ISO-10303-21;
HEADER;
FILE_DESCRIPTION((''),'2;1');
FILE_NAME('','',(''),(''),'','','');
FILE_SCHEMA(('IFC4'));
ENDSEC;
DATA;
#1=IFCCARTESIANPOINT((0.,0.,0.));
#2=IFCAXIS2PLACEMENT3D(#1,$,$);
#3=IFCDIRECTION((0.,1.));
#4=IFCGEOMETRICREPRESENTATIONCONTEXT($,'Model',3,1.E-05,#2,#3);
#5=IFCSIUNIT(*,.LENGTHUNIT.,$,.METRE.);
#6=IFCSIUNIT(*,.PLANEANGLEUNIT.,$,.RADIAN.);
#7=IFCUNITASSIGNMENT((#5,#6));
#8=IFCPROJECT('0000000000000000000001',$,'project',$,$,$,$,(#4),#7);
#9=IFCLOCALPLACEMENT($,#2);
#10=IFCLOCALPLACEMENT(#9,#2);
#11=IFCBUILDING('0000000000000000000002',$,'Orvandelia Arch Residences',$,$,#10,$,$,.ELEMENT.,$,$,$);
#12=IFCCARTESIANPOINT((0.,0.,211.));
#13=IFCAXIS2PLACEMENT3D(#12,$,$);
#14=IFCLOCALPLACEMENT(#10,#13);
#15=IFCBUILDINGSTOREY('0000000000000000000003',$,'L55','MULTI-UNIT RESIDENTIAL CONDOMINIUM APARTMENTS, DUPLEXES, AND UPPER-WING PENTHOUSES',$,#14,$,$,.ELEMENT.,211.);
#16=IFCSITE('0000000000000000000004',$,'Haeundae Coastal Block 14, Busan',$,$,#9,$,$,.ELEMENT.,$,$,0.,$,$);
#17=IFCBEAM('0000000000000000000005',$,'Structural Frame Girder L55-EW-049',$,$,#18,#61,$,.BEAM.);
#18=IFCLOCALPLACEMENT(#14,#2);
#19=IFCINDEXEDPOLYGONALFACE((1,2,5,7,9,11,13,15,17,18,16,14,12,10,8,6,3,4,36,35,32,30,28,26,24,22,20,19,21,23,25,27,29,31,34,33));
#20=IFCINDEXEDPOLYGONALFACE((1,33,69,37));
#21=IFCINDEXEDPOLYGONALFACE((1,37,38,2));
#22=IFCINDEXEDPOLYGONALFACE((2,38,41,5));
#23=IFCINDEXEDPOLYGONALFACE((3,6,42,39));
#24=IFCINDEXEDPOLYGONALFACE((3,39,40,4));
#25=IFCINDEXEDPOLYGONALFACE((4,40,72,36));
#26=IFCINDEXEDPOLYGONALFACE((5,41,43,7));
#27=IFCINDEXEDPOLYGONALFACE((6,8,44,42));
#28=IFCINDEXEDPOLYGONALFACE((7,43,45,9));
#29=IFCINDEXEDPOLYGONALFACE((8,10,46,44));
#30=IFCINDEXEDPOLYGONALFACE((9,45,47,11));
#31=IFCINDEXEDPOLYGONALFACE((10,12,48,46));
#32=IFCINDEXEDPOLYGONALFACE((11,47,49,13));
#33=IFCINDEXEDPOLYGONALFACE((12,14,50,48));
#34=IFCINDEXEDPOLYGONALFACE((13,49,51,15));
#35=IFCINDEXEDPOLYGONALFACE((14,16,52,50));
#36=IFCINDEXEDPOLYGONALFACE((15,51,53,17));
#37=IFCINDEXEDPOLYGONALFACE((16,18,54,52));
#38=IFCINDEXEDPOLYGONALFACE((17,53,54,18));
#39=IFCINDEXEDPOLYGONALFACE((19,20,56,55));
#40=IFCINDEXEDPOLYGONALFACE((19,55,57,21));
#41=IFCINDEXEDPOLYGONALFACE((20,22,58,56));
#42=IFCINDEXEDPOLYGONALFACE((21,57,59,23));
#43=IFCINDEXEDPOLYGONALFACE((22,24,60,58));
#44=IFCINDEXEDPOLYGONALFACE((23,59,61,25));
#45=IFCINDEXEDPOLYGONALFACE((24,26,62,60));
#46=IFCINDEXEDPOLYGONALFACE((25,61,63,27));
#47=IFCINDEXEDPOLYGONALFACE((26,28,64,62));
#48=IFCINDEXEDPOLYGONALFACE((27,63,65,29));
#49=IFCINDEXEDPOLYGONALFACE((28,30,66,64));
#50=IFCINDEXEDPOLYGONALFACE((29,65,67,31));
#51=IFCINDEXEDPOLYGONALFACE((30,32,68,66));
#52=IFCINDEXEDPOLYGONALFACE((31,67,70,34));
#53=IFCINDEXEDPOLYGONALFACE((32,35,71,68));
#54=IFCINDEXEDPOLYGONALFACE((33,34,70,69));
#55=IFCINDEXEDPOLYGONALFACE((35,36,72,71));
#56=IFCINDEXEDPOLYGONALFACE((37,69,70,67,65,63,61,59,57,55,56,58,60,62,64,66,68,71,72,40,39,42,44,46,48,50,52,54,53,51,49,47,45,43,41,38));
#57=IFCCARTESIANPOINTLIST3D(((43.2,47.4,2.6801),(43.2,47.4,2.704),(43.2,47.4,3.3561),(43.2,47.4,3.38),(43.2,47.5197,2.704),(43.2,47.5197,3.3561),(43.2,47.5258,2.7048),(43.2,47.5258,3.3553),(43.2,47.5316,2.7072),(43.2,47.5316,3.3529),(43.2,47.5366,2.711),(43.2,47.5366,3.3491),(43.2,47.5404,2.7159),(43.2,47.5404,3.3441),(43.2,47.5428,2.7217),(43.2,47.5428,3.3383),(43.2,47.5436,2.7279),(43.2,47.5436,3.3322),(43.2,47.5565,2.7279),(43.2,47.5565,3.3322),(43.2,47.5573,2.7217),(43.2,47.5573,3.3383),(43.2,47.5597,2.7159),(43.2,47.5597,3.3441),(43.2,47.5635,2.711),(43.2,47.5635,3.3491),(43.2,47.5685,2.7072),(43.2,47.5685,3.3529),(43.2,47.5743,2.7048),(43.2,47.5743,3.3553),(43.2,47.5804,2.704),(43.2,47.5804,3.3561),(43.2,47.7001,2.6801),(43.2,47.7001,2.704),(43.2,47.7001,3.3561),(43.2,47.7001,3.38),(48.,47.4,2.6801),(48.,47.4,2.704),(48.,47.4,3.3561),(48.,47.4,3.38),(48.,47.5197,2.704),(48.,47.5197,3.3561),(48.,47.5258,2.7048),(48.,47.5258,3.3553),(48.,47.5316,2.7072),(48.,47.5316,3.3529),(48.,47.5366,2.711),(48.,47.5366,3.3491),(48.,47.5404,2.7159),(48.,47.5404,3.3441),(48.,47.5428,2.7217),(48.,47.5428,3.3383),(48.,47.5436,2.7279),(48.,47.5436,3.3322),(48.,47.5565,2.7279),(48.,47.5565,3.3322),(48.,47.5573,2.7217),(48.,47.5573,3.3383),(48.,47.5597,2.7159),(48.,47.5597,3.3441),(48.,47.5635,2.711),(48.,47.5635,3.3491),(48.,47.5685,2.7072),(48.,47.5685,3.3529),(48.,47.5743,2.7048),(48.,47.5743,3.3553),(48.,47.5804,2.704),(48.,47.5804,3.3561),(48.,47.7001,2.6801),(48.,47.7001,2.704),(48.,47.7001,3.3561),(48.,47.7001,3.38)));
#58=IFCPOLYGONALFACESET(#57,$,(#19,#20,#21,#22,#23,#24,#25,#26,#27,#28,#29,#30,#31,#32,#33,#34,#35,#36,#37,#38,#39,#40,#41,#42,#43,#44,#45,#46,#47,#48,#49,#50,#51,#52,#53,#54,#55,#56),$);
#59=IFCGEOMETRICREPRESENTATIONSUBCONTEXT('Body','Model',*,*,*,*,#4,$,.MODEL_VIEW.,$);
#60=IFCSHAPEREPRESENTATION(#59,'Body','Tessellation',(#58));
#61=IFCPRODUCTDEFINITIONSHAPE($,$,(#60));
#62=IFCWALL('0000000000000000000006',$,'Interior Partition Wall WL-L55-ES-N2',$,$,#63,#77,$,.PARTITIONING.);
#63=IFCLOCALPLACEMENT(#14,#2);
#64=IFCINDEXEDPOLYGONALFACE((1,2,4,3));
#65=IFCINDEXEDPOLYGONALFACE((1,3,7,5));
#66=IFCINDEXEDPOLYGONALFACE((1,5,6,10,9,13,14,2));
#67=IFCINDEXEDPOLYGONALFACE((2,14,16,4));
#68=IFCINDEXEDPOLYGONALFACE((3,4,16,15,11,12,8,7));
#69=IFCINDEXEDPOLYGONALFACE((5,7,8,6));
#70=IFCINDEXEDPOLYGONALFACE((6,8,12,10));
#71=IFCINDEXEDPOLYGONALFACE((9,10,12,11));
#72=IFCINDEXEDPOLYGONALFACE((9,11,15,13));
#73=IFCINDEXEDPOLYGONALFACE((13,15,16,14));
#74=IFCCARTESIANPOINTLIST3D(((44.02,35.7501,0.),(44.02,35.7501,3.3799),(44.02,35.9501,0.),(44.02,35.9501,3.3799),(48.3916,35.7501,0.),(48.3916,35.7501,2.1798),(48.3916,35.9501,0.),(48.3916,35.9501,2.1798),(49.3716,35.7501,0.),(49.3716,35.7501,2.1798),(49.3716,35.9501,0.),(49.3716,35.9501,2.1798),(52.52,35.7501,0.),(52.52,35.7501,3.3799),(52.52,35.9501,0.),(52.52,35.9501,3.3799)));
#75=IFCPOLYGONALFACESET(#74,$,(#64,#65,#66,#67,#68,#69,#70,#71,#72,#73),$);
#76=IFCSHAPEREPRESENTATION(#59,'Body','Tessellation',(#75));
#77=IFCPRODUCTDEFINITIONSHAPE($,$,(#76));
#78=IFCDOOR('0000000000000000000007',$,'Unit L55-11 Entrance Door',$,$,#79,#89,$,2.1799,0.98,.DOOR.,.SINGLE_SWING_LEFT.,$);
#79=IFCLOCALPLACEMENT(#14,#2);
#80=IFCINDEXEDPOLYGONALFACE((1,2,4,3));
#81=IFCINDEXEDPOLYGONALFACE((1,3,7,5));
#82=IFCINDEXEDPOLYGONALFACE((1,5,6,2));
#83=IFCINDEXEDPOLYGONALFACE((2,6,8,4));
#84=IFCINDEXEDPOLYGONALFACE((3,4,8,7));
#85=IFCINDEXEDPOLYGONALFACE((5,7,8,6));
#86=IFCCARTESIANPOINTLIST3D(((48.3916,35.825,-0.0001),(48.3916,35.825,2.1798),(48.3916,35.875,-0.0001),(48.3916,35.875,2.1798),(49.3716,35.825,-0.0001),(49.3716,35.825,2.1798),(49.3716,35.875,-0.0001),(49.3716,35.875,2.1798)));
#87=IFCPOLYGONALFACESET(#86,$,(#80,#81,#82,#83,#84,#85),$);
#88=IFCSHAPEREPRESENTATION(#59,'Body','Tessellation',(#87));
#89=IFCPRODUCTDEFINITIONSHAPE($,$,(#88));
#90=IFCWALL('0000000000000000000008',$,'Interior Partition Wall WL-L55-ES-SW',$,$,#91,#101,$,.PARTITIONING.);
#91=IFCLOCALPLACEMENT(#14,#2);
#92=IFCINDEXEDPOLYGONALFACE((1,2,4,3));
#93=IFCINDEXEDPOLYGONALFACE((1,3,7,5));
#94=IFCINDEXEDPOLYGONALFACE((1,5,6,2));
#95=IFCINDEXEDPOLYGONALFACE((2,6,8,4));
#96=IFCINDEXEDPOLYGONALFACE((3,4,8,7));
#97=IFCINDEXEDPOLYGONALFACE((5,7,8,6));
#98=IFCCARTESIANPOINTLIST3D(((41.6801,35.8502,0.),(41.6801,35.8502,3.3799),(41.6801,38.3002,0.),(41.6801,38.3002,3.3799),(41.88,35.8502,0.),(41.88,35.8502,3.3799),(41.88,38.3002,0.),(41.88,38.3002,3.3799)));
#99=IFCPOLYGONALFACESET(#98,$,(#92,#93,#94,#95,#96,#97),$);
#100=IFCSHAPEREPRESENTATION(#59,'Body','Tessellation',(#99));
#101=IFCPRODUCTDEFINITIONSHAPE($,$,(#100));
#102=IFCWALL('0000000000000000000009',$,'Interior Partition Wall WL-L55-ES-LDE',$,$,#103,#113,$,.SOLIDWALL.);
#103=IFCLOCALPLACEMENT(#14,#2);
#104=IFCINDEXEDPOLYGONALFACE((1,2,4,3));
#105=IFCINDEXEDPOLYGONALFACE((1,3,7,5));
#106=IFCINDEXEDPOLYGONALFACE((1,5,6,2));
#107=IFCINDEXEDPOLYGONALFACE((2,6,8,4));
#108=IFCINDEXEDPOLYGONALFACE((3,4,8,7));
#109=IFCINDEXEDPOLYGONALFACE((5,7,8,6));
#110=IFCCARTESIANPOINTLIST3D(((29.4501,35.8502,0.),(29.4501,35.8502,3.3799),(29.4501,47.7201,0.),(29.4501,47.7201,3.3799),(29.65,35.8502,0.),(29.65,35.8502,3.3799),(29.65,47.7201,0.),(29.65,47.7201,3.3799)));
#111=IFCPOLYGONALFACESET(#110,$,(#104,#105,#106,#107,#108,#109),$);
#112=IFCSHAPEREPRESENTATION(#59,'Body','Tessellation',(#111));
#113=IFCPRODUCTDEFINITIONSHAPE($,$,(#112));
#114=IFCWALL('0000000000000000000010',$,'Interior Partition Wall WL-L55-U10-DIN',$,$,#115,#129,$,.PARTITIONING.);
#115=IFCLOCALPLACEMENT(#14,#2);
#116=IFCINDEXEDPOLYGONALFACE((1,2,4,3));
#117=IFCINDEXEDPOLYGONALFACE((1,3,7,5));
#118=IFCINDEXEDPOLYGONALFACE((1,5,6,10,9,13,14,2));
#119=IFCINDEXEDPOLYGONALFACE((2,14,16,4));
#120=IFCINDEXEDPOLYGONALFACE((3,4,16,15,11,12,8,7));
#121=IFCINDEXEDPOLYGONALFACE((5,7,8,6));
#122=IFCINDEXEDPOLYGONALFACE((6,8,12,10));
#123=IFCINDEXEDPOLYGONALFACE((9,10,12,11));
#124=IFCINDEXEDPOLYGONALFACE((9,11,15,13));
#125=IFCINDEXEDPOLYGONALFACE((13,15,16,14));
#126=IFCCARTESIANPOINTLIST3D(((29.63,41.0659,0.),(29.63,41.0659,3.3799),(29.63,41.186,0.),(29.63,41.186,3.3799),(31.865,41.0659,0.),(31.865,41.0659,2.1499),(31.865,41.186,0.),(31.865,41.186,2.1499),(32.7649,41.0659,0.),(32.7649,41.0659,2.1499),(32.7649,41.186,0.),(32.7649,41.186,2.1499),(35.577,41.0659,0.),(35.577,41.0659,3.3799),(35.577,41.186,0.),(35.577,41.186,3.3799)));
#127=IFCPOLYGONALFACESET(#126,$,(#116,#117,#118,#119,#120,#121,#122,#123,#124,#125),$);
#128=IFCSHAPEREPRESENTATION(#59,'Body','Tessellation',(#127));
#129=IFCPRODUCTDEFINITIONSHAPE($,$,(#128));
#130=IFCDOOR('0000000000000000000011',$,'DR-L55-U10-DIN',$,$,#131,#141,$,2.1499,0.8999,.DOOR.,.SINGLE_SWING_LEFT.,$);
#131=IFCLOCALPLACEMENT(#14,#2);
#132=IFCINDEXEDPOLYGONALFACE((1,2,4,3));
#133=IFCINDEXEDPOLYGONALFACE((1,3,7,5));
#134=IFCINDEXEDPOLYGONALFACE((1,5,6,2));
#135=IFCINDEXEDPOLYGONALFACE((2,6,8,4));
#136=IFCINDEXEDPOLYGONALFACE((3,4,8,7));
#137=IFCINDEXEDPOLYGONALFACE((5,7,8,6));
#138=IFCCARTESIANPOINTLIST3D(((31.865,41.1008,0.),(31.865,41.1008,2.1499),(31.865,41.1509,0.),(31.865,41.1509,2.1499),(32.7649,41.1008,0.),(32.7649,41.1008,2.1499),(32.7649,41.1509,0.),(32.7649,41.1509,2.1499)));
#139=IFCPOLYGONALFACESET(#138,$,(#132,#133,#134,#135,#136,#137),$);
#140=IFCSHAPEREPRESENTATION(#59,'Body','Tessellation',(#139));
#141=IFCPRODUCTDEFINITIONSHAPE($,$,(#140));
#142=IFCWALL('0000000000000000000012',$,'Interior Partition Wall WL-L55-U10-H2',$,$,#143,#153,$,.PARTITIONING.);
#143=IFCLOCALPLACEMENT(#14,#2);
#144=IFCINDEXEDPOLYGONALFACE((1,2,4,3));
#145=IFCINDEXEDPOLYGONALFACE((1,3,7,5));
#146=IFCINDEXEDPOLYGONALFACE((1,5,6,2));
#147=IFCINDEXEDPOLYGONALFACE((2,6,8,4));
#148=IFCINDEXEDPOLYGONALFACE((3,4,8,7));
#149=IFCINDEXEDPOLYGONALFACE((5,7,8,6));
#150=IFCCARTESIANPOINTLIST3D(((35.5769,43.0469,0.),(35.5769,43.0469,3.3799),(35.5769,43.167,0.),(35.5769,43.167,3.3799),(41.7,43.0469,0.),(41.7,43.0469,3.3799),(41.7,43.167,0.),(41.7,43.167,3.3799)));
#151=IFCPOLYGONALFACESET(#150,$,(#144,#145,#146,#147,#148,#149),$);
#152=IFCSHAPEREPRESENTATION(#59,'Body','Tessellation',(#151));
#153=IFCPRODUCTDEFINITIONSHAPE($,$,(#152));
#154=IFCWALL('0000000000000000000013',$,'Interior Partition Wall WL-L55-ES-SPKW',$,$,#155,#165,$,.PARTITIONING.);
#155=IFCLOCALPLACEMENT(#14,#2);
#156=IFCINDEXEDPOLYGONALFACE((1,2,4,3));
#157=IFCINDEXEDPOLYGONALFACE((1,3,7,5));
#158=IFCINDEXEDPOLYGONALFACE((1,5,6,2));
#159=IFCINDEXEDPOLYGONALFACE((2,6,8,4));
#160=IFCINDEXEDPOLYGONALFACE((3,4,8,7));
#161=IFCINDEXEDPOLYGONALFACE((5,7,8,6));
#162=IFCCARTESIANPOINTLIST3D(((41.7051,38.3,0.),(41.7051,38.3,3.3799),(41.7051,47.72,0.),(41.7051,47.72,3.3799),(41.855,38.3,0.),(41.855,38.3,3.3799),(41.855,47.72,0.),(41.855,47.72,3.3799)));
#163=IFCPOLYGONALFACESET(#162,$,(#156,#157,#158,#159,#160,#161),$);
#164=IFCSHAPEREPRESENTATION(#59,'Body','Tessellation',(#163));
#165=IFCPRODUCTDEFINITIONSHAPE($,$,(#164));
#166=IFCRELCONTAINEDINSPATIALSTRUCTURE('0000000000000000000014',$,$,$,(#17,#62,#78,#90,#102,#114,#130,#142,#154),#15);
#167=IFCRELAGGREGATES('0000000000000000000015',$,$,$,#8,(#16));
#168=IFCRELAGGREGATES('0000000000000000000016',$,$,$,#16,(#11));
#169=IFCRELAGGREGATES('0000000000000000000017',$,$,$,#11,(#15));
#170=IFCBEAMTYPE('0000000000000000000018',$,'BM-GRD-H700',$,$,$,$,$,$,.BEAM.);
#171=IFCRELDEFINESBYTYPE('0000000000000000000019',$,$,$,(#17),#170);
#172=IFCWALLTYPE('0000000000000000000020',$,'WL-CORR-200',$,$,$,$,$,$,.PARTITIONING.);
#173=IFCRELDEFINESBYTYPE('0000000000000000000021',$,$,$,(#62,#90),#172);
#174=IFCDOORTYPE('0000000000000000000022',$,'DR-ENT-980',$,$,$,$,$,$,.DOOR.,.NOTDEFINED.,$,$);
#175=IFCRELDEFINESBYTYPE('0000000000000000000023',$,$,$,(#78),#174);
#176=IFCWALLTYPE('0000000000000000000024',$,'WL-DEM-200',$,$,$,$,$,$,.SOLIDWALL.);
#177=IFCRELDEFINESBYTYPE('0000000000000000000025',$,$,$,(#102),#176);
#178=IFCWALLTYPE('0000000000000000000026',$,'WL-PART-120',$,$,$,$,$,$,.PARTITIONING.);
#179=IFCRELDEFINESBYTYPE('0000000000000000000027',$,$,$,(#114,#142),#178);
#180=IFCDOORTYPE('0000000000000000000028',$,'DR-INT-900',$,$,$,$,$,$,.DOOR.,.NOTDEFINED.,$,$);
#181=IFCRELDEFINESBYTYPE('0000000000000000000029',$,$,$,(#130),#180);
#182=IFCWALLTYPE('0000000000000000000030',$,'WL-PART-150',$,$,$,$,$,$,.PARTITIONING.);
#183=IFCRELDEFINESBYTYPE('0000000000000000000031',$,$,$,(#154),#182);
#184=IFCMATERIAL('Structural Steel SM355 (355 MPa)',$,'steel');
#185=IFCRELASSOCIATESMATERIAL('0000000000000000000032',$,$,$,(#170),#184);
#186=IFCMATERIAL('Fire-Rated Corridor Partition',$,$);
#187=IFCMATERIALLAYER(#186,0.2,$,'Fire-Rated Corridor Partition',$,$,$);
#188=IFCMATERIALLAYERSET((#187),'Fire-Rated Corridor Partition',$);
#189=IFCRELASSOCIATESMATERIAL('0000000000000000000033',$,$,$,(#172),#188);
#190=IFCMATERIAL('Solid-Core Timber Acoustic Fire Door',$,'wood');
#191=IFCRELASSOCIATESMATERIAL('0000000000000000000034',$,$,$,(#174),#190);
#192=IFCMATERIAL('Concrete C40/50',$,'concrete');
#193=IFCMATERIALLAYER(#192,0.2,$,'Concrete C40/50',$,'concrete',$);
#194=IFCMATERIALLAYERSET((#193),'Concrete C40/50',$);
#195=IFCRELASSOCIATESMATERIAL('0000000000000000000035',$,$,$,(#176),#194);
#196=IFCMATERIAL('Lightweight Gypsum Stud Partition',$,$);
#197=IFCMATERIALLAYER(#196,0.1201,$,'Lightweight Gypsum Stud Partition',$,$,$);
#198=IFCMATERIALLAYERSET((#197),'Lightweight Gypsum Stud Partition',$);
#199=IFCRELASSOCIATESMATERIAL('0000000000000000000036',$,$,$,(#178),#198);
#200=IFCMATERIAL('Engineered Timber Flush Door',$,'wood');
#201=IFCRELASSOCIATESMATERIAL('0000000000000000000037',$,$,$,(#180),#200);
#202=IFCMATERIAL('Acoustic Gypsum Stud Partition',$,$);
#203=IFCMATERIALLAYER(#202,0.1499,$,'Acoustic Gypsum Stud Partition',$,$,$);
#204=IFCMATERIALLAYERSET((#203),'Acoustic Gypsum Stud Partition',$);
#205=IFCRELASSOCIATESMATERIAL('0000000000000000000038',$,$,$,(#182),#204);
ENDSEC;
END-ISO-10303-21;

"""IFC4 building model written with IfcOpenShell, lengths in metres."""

from ifc_helpers import new_model, si_unit, direction, frame, frame_2d, origin, origin_2d, place, context, subcontext, project, spatial, rectangle, i_section, extrude, material, layer, layer_set, material_profile, profile_set, type_object, element, fill, save


model = new_model("IFC4")

# Units and contexts
model_context = context("Model", 3, precision=1e-05, world=origin(), true_north=direction((0.0, 1.0)))
body_context = subcontext(model_context, "Body", "Model", "MODEL_VIEW")
ifc_project = project(units=[si_unit("LENGTHUNIT", "METRE"), si_unit("PLANEANGLEUNIT", "RADIAN")], contexts=[model_context])

# Site, building, storey
site_placement = place(None, origin())
site = spatial("IfcSite", under=ifc_project, at=site_placement, Name="Haeundae Coastal Block 14, Busan", CompositionType="ELEMENT", RefElevation=0.0)
building_placement = place(site_placement, origin())
building = spatial("IfcBuilding", under=site, at=building_placement, Name="Orvandelia Arch Residences", CompositionType="ELEMENT")
storey_placement = place(building_placement, frame((0.0, 0.0, 211.0)))
storey = spatial("IfcBuildingStorey", under=building, at=storey_placement, Name="L55", Description="MULTI-UNIT RESIDENTIAL CONDOMINIUM APARTMENTS, DUPLEXES, AND UPPER-WING PENTHOUSES", CompositionType="ELEMENT", Elevation=211.0)

# Beam
ifc_material_1 = material(Name="Structural Steel SM355 (355 MPa)", Category="steel")
ifc_material_profile_1 = material_profile(ifc_material_1, i_section(OverallWidth=0.3, OverallDepth=0.7, WebThickness=0.0129, FlangeThickness=0.0239, FilletRadius=0.0239, at=origin_2d()), Name="Structural Steel SM355 (355 MPa)", Category="steel")
ifc_profile_set_1 = profile_set([ifc_material_profile_1], Name="Structural Steel SM355 (355 MPa)")
beam_type = type_object("IfcBeamType", Name="BM-GRD-H700", PredefinedType="BEAM", material=ifc_profile_set_1)
for number, where, z_axis, x_axis, name in (
    (1, (43.2, 47.55, 3.03), (1.0, 0.0, 0.0), (0.0, 1.0, 0.0), "Structural Frame Girder L55-EW-049"),
):
    element("IfcBeam", number, at=place(storey_placement, frame(where, z_axis=z_axis, x_axis=x_axis)), inside=storey, type_object=beam_type, Name=name, PredefinedType="BEAM", context=body_context, shape_type="SweptSolid", body=[
        extrude(i_section(OverallWidth=0.3, OverallDepth=0.7, WebThickness=0.0129, FlangeThickness=0.0239, FilletRadius=0.0239, at=origin_2d()), origin(), (0.0, 0.0, 1.0), 4.8),
    ])

# Wall, opening, door
ifc_material_2 = material(Name="Fire-Rated Corridor Partition")
ifc_layer_1 = layer(ifc_material_2, 0.2, Name="Fire-Rated Corridor Partition")
ifc_layer_set_1 = layer_set([ifc_layer_1], Name="Fire-Rated Corridor Partition")
wall_type_1 = type_object("IfcWallType", Name="WL-CORR-200", PredefinedType="PARTITIONING", material=ifc_layer_set_1)
wall_1_placement = place(storey_placement, frame((44.02, 35.8501, 0.0), z_axis=(0.0, 0.0, 1.0), x_axis=(1.0, 0.0, 0.0)))
wall_1 = element("IfcWall", 2, at=wall_1_placement, inside=storey, type_object=wall_type_1, Name="Interior Partition Wall WL-L55-ES-N2", PredefinedType="PARTITIONING", context=body_context, shape_type="SweptSolid", body=[
    extrude(rectangle(XDim=8.5, YDim=0.2, at=frame_2d((4.25, 0.0))), origin(), (0.0, 0.0, 1.0), 3.3799),
])
opening_1_placement = place(wall_1_placement, frame((4.3716, 0.0, 0.0)))
opening_1 = element("IfcOpeningElement", 3, at=opening_1_placement, cuts=wall_1, PredefinedType="OPENING", context=body_context, shape_type="SweptSolid", body=[
    extrude(rectangle(XDim=0.98, YDim=2.1799, at=frame_2d((0.49, 1.0898))), frame((0.0, 0.1099, 0.0), z_axis=(0.0, -1.0, 0.0), x_axis=(1.0, 0.0, 0.0)), (0.0, 0.0, 1.0), 0.22),
])
ifc_material_3 = material(Name="Solid-Core Timber Acoustic Fire Door", Category="wood")
door_type_1 = type_object("IfcDoorType", Name="DR-ENT-980", OperationType="NOTDEFINED", PredefinedType="DOOR", material=ifc_material_3)
door_1_placement = place(opening_1_placement, origin())
door_1 = element("IfcDoor", 4, at=door_1_placement, inside=storey, type_object=door_type_1, Name="Unit L55-11 Entrance Door", OperationType="SINGLE_SWING_LEFT", OverallHeight=2.1799, OverallWidth=0.98, PredefinedType="DOOR", context=body_context, shape_type="SweptSolid", body=[
    extrude(rectangle(XDim=0.98, YDim=2.1799, at=frame_2d((0.49, 1.0898))), frame((0.0, 0.0249, 0.0), z_axis=(0.0, -1.0, 0.0), x_axis=(1.0, 0.0, 0.0)), (0.0, 0.0, 1.0), 0.05),
])
fill(opening_1, door_1)

# Wall
wall_2_placement = place(storey_placement, frame((41.78, 35.8501, 0.0), z_axis=(0.0, 0.0, 1.0), x_axis=(0.0, 1.0, 0.0)))
element("IfcWall", 5, at=wall_2_placement, inside=storey, type_object=wall_type_1, Name="Interior Partition Wall WL-L55-ES-SW", PredefinedType="PARTITIONING", context=body_context, shape_type="SweptSolid", body=[
    extrude(rectangle(XDim=2.45, YDim=0.2, at=frame_2d((1.2251, 0.0))), origin(), (0.0, 0.0, 1.0), 3.3799),
])

# Wall
ifc_material_4 = material(Name="Concrete C40/50", Category="concrete")
ifc_layer_2 = layer(ifc_material_4, 0.2, Name="Concrete C40/50", Category="concrete")
ifc_layer_set_2 = layer_set([ifc_layer_2], Name="Concrete C40/50")
wall_type_2 = type_object("IfcWallType", Name="WL-DEM-200", PredefinedType="SOLIDWALL", material=ifc_layer_set_2)
wall_3_placement = place(storey_placement, frame((29.55, 35.8501, 0.0), z_axis=(0.0, 0.0, 1.0), x_axis=(0.0, 1.0, 0.0)))
element("IfcWall", 6, at=wall_3_placement, inside=storey, type_object=wall_type_2, Name="Interior Partition Wall WL-L55-ES-LDE", PredefinedType="SOLIDWALL", context=body_context, shape_type="SweptSolid", body=[
    extrude(rectangle(XDim=11.8699, YDim=0.2, at=frame_2d((5.9351, 0.0))), origin(), (0.0, 0.0, 1.0), 3.3799),
])

# Wall, opening, door
ifc_material_5 = material(Name="Lightweight Gypsum Stud Partition")
ifc_layer_3 = layer(ifc_material_5, 0.1201, Name="Lightweight Gypsum Stud Partition")
ifc_layer_set_3 = layer_set([ifc_layer_3], Name="Lightweight Gypsum Stud Partition")
wall_type_3 = type_object("IfcWallType", Name="WL-PART-120", PredefinedType="PARTITIONING", material=ifc_layer_set_3)
wall_4_placement = place(storey_placement, frame((29.6299, 41.126, 0.0), z_axis=(0.0, 0.0, 1.0), x_axis=(1.0, 0.0, 0.0)))
wall_4 = element("IfcWall", 7, at=wall_4_placement, inside=storey, type_object=wall_type_3, Name="Interior Partition Wall WL-L55-U10-DIN", PredefinedType="PARTITIONING", context=body_context, shape_type="SweptSolid", body=[
    extrude(rectangle(XDim=5.947, YDim=0.1201, at=frame_2d((2.9736, 0.0))), origin(), (0.0, 0.0, 1.0), 3.3799),
])
opening_2_placement = place(wall_4_placement, frame((2.2351, 0.0, 0.0)))
opening_2 = element("IfcOpeningElement", 8, at=opening_2_placement, cuts=wall_4, PredefinedType="OPENING", context=body_context, shape_type="SweptSolid", body=[
    extrude(rectangle(XDim=0.8999, YDim=2.1499, at=frame_2d((0.45, 1.075))), frame((0.0, 0.0701, 0.0), z_axis=(0.0, -1.0, 0.0), x_axis=(1.0, 0.0, 0.0)), (0.0, 0.0, 1.0), 0.1401),
])
ifc_material_6 = material(Name="Engineered Timber Flush Door", Category="wood")
door_type_2 = type_object("IfcDoorType", Name="DR-INT-900", OperationType="NOTDEFINED", PredefinedType="DOOR", material=ifc_material_6)
door_2_placement = place(opening_2_placement, origin())
door_2 = element("IfcDoor", 9, at=door_2_placement, inside=storey, type_object=door_type_2, Name="DR-L55-U10-DIN", OperationType="SINGLE_SWING_LEFT", OverallHeight=2.1499, OverallWidth=0.8999, PredefinedType="DOOR", context=body_context, shape_type="SweptSolid", body=[
    extrude(rectangle(XDim=0.8999, YDim=2.1499, at=frame_2d((0.45, 1.075))), frame((0.0, 0.0249, 0.0), z_axis=(0.0, -1.0, 0.0), x_axis=(1.0, 0.0, 0.0)), (0.0, 0.0, 1.0), 0.05),
])
fill(opening_2, door_2)

# Walls
wall_5_placement = place(storey_placement, frame((35.5769, 43.1069, 0.0), z_axis=(0.0, 0.0, 1.0), x_axis=(1.0, 0.0, 0.0)))
element("IfcWall", 10, at=wall_5_placement, inside=storey, type_object=wall_type_3, Name="Interior Partition Wall WL-L55-U10-H2", PredefinedType="PARTITIONING", context=body_context, shape_type="SweptSolid", body=[
    extrude(rectangle(XDim=6.123, YDim=0.1201, at=frame_2d((3.0615, 0.0))), origin(), (0.0, 0.0, 1.0), 3.3799),
])
ifc_material_7 = material(Name="Acoustic Gypsum Stud Partition")
ifc_layer_4 = layer(ifc_material_7, 0.1499, Name="Acoustic Gypsum Stud Partition")
ifc_layer_set_4 = layer_set([ifc_layer_4], Name="Acoustic Gypsum Stud Partition")
wall_type_4 = type_object("IfcWallType", Name="WL-PART-150", PredefinedType="PARTITIONING", material=ifc_layer_set_4)
wall_6_placement = place(storey_placement, frame((41.78, 38.3, 0.0), z_axis=(0.0, 0.0, 1.0), x_axis=(0.0, 1.0, 0.0)))
element("IfcWall", 11, at=wall_6_placement, inside=storey, type_object=wall_type_4, Name="Interior Partition Wall WL-L55-ES-SPKW", PredefinedType="PARTITIONING", context=body_context, shape_type="SweptSolid", body=[
    extrude(rectangle(XDim=9.4199, YDim=0.1499, at=frame_2d((4.71, 0.0))), origin(), (0.0, 0.0, 1.0), 3.3799),
])

save(model, "model.ifc")
